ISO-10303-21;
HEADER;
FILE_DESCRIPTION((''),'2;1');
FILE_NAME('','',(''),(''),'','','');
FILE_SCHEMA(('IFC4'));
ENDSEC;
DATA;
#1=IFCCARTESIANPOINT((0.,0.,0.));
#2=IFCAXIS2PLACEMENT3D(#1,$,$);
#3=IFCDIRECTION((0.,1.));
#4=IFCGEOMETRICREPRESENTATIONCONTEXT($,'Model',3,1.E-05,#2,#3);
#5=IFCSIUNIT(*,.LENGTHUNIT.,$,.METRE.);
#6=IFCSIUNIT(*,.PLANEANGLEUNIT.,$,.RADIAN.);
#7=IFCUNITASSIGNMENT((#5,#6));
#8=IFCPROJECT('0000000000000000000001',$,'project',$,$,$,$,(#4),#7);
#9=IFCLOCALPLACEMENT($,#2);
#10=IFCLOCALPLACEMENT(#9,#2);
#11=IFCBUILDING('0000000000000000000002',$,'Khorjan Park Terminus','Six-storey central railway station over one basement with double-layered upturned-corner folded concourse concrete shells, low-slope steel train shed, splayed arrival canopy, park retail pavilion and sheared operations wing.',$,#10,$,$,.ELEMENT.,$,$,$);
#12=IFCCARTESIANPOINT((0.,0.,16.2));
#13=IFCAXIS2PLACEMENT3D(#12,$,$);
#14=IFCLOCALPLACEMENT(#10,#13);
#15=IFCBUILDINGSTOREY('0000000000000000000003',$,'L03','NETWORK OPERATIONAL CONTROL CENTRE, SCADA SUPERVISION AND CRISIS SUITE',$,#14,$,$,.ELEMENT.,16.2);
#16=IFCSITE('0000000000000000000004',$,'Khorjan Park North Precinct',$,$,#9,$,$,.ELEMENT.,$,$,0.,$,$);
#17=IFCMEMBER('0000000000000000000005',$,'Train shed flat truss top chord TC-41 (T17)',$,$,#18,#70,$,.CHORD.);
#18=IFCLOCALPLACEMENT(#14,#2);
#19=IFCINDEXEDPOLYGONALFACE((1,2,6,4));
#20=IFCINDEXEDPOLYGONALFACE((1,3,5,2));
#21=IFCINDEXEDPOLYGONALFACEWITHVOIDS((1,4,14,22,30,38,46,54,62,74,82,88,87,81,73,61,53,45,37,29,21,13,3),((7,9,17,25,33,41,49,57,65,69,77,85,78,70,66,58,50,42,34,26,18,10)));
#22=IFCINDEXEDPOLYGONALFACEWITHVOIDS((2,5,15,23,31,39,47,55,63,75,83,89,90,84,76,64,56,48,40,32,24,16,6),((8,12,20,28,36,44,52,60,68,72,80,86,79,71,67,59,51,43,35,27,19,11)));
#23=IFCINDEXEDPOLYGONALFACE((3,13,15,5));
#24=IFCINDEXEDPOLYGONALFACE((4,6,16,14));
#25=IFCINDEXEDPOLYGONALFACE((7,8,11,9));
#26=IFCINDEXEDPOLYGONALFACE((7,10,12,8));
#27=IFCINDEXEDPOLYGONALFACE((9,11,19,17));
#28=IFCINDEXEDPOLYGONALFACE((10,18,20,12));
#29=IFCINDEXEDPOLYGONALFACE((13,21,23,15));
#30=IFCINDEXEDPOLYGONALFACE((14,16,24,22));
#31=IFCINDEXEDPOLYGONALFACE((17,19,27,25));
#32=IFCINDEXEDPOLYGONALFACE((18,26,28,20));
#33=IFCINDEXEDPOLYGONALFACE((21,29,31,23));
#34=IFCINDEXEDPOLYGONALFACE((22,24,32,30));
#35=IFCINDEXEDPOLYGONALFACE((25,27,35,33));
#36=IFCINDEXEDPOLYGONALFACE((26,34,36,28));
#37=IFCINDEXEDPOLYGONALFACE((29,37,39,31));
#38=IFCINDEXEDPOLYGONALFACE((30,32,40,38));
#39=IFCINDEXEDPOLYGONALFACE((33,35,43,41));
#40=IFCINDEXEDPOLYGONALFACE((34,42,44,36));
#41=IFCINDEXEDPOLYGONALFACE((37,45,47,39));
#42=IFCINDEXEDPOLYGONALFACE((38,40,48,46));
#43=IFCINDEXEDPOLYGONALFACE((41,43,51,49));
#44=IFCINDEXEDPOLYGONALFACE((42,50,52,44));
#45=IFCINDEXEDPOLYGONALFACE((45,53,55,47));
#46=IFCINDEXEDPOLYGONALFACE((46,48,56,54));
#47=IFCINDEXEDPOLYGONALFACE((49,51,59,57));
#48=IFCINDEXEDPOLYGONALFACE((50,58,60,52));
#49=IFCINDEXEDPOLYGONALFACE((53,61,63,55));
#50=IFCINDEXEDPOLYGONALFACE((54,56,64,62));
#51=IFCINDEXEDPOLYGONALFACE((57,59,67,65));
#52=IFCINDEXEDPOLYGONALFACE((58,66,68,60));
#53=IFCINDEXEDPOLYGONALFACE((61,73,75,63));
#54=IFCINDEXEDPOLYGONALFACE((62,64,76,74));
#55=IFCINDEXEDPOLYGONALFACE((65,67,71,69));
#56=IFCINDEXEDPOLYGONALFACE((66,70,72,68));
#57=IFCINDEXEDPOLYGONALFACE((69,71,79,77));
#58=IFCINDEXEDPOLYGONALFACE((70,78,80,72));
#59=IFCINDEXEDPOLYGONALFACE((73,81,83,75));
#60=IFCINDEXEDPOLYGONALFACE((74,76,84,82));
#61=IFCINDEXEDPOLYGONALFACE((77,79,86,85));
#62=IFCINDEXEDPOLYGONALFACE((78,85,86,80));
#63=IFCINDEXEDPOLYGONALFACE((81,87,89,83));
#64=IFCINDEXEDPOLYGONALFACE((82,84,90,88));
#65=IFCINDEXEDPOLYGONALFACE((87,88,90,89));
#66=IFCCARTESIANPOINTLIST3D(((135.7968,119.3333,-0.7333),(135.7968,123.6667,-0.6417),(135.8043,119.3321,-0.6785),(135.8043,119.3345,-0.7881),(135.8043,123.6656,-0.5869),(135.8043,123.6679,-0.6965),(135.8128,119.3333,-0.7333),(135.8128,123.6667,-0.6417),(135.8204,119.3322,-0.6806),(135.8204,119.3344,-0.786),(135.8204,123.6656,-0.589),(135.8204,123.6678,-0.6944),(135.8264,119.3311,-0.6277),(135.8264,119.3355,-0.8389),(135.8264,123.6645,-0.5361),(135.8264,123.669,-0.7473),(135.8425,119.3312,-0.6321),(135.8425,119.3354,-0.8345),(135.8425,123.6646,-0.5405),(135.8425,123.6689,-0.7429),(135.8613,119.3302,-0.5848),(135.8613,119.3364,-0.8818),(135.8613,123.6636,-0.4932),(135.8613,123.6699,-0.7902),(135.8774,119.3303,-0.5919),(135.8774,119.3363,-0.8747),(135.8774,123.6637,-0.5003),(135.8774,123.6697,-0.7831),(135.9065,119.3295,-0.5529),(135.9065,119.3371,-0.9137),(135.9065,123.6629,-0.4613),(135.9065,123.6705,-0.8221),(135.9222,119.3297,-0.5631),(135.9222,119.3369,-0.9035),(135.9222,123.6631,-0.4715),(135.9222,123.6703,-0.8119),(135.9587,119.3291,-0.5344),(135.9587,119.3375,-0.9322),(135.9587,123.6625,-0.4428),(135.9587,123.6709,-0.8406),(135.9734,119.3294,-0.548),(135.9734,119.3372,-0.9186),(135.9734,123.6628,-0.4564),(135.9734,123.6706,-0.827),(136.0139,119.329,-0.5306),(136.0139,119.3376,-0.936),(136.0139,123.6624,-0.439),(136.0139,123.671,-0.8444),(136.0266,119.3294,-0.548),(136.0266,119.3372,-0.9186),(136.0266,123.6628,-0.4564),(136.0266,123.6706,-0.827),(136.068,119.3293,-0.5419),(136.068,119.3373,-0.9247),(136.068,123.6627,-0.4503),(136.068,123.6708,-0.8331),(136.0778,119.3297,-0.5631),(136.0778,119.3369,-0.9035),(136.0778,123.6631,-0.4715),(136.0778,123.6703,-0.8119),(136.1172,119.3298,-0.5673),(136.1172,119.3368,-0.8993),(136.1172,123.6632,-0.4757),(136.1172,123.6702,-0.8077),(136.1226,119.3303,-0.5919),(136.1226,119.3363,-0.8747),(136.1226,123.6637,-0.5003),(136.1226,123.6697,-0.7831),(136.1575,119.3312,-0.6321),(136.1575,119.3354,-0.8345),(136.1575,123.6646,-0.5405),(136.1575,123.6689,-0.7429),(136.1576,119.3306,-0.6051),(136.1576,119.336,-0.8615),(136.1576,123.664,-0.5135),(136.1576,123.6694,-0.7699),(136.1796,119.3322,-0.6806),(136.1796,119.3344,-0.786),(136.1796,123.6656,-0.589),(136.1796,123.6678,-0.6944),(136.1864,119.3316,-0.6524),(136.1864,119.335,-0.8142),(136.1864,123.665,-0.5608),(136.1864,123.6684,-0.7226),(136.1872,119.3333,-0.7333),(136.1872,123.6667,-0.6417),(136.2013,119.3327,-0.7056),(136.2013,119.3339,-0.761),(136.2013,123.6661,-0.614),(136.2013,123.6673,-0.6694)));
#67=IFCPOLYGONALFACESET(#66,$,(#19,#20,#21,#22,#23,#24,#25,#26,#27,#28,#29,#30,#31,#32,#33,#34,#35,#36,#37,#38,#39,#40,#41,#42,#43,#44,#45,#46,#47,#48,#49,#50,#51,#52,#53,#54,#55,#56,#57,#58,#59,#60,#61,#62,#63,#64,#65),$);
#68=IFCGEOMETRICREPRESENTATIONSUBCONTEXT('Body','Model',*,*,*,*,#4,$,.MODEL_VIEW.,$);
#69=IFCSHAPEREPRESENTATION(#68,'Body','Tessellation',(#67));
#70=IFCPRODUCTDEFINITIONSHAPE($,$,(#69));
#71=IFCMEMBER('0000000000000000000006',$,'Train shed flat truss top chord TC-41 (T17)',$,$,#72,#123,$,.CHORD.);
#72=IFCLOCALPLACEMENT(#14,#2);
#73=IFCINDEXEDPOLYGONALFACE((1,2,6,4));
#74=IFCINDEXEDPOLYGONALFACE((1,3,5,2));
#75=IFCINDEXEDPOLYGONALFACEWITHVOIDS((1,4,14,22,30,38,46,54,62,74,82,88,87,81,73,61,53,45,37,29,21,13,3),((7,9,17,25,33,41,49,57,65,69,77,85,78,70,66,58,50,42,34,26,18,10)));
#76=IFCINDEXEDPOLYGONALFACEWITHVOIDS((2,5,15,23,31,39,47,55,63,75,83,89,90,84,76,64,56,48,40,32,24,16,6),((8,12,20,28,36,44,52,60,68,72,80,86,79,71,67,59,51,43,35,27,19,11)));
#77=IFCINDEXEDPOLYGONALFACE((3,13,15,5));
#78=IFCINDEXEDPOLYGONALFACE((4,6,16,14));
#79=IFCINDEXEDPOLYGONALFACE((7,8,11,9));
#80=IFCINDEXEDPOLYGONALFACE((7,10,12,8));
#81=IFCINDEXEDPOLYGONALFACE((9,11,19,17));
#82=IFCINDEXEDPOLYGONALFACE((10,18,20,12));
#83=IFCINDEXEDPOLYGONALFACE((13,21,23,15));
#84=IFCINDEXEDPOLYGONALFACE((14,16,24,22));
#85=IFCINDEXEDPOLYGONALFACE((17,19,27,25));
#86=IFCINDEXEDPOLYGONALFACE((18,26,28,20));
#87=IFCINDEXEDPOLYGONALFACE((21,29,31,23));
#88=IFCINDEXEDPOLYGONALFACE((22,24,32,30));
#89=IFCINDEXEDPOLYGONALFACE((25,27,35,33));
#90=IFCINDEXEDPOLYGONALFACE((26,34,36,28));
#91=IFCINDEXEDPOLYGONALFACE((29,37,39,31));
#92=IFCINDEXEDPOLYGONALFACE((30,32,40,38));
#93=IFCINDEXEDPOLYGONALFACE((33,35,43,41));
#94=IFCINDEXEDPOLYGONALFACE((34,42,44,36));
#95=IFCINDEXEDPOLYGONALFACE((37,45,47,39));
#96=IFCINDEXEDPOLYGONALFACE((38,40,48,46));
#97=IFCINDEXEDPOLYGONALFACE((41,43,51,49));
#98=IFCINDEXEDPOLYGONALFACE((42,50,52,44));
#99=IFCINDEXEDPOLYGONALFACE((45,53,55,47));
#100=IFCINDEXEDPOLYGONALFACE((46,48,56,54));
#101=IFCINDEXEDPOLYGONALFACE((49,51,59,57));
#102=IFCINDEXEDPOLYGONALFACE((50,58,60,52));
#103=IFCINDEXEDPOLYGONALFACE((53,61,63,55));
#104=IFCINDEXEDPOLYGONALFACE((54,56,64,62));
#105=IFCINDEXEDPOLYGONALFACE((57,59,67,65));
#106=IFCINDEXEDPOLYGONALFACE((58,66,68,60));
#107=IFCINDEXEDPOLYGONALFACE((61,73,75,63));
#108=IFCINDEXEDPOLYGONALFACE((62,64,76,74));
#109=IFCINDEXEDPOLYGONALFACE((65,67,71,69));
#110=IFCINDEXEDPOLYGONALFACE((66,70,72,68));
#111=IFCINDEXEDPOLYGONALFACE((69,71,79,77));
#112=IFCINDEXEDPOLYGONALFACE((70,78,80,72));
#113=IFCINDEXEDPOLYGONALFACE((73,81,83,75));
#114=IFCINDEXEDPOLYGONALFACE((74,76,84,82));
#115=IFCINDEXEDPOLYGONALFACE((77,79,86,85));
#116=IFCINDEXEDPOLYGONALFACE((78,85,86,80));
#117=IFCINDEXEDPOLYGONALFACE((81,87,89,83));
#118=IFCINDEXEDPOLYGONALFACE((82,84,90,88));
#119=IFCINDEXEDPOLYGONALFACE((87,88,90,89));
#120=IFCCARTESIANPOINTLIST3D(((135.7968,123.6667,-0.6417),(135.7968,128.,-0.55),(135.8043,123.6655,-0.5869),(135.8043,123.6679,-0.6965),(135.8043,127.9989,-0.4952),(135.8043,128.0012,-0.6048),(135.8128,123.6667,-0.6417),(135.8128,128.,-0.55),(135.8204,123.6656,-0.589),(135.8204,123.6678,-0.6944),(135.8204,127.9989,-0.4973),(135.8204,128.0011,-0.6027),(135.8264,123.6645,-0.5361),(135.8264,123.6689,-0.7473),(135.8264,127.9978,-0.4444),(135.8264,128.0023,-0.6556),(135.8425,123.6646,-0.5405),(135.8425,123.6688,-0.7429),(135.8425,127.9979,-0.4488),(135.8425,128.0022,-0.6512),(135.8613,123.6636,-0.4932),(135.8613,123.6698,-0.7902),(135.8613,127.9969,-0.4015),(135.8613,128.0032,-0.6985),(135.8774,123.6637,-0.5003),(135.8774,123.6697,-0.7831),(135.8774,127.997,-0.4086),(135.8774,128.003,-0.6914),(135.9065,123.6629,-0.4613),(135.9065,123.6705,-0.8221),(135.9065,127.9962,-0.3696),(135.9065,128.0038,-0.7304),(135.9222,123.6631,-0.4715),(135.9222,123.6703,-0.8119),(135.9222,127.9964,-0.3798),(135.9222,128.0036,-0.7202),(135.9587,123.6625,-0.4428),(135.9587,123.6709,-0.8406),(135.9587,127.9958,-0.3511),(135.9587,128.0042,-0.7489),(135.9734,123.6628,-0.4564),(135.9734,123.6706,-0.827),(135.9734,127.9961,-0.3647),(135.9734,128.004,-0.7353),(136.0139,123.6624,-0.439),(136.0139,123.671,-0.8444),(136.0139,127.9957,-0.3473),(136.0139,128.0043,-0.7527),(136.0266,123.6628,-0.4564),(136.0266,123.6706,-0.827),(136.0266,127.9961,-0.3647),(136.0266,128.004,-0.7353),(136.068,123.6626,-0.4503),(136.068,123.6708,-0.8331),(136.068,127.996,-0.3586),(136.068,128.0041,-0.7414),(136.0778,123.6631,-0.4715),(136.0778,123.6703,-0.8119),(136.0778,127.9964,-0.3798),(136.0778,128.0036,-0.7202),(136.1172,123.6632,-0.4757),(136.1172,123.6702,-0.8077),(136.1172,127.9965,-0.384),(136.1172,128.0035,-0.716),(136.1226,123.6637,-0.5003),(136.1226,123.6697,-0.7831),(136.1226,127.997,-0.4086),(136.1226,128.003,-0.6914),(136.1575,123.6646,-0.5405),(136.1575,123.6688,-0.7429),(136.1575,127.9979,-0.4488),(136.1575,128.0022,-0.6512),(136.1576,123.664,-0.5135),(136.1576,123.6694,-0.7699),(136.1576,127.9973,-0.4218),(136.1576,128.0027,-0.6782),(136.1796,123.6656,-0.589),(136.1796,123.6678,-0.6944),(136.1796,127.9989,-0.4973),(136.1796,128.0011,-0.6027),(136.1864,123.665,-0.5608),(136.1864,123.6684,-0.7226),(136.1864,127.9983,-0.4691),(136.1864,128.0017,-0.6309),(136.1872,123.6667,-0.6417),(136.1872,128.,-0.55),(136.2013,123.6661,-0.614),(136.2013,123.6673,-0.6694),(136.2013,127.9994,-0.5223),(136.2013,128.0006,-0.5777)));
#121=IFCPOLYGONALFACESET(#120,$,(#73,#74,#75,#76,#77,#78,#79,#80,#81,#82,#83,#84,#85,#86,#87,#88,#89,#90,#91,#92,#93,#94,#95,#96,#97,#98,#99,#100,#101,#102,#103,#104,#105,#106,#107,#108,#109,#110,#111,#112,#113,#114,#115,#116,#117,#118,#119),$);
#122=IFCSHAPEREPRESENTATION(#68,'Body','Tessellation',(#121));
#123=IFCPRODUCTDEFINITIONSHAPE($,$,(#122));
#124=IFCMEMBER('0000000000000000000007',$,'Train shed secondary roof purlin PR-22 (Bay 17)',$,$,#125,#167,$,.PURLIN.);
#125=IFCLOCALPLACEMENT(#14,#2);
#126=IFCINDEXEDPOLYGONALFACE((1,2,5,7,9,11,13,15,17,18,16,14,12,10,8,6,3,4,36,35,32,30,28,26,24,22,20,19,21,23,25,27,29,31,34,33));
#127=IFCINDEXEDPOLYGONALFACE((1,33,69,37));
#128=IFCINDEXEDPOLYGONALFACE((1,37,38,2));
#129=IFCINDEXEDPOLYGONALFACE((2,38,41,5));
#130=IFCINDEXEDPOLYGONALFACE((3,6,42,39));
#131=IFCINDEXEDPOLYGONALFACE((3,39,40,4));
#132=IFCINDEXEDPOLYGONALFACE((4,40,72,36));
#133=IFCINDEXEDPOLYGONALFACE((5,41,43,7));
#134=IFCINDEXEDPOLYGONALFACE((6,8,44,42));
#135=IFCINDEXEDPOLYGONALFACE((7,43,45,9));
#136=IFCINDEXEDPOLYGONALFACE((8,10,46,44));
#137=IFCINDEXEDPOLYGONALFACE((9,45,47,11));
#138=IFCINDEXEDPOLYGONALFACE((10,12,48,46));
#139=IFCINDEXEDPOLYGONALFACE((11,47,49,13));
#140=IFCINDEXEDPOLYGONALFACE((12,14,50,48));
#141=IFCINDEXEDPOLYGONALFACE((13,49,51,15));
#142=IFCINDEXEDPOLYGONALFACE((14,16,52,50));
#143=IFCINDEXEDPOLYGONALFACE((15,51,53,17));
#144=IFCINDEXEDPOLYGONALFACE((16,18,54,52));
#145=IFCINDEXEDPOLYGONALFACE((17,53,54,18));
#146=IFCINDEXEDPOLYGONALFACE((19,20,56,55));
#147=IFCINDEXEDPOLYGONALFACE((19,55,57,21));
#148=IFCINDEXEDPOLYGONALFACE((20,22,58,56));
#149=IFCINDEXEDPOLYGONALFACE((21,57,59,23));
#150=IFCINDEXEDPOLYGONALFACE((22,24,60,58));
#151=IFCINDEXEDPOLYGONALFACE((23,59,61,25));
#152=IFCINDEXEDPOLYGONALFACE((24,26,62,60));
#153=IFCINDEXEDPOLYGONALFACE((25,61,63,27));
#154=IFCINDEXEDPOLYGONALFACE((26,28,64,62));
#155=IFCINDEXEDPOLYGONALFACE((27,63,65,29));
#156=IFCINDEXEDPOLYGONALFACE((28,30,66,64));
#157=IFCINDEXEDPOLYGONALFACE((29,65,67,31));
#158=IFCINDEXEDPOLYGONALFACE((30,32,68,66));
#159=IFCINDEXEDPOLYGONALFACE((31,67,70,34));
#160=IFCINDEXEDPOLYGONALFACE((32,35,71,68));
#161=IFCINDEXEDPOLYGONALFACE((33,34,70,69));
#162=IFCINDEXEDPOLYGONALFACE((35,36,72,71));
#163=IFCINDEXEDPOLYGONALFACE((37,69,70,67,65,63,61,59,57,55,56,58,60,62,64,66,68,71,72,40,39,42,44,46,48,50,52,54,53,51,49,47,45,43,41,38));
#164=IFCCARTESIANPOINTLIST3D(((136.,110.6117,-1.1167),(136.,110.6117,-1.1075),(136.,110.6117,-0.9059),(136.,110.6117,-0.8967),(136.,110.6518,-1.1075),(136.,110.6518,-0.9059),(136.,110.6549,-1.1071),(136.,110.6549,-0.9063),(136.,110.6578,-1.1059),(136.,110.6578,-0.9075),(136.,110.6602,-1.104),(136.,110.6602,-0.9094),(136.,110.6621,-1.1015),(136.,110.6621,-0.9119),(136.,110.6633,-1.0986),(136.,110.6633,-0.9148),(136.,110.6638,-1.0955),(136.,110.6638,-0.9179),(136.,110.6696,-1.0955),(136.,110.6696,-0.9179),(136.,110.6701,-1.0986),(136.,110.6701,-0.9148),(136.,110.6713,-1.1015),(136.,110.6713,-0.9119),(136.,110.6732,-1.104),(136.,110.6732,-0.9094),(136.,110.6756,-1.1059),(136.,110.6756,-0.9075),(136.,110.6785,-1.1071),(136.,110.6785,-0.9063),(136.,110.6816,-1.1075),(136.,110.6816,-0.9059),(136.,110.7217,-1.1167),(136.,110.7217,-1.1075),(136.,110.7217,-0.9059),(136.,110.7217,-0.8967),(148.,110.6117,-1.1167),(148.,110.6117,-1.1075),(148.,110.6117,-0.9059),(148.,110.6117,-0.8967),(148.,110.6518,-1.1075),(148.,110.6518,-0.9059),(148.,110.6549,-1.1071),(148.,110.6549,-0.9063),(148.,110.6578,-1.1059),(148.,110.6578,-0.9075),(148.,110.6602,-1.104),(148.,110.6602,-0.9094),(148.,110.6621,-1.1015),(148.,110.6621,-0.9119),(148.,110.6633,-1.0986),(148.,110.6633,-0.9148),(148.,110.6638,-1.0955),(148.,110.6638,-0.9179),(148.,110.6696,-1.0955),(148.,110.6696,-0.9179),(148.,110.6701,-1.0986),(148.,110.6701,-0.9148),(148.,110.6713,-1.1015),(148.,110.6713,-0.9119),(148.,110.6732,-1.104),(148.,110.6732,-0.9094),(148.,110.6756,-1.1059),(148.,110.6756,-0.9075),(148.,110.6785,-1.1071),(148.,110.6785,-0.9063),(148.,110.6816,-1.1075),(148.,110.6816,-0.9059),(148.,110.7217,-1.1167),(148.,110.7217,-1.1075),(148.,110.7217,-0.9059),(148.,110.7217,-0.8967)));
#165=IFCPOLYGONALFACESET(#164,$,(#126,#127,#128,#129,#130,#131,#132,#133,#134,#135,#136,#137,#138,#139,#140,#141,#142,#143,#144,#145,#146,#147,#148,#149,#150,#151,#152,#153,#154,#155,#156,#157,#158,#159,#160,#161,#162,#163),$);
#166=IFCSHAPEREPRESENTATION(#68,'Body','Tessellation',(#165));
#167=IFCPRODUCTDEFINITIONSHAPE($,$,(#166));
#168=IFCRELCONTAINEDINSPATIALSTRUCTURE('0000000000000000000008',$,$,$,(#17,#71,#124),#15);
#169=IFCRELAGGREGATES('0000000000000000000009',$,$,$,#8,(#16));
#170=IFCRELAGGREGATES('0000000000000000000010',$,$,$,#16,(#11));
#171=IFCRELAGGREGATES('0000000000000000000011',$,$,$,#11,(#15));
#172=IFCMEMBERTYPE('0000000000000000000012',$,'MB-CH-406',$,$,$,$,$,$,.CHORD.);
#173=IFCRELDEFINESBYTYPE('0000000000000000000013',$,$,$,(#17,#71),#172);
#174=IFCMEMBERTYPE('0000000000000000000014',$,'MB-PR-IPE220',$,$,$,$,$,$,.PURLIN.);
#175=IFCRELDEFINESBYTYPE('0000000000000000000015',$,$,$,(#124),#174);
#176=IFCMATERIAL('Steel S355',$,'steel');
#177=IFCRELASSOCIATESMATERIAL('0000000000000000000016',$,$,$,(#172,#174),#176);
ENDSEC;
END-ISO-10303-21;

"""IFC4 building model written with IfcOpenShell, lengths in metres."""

from ifc_helpers import new_model, si_unit, direction, frame, origin, origin_2d, place, context, subcontext, project, spatial, hollow_circle, i_section, extrude, material, material_profile, profile_set, type_object, element, save


model = new_model("IFC4")

# Units and contexts
model_context = context("Model", 3, precision=1e-05, world=origin(), true_north=direction((0.0, 1.0)))
body_context = subcontext(model_context, "Body", "Model", "MODEL_VIEW")
ifc_project = project(units=[si_unit("LENGTHUNIT", "METRE"), si_unit("PLANEANGLEUNIT", "RADIAN")], contexts=[model_context])

# Site, building, storey
site_placement = place(None, origin())
site = spatial("IfcSite", under=ifc_project, at=site_placement, Name="Khorjan Park North Precinct", CompositionType="ELEMENT", RefElevation=0.0)
building_placement = place(site_placement, origin())
building = spatial("IfcBuilding", under=site, at=building_placement, Name="Khorjan Park Terminus", Description="Six-storey central railway station over one basement with double-layered upturned-corner folded concourse concrete shells, low-slope steel train shed, splayed arrival canopy, park retail pavilion and sheared operations wing.", CompositionType="ELEMENT")
storey_placement = place(building_placement, frame((0.0, 0.0, 16.2)))
storey = spatial("IfcBuildingStorey", under=building, at=storey_placement, Name="L03", Description="NETWORK OPERATIONAL CONTROL CENTRE, SCADA SUPERVISION AND CRISIS SUITE", CompositionType="ELEMENT", Elevation=16.2)

# Members
ifc_material = material(Name="Steel S355", Category="steel")
ifc_material_profile_1 = material_profile(ifc_material, hollow_circle(Radius=0.2032, WallThickness=0.016, at=origin_2d()), Name="CHS 406.4x16")
ifc_profile_set_1 = profile_set([ifc_material_profile_1], Name="Steel S355")
member_type_1 = type_object("IfcMemberType", Name="MB-CH-406", PredefinedType="CHORD", material=ifc_profile_set_1)
member_1_placement = place(storey_placement, frame((136.0, 119.3333, -0.7333), z_axis=(0.0, 0.999777, 0.021133), x_axis=(-1.0, 0.0, 0.0)))
element("IfcMember", 1, at=member_1_placement, inside=storey, type_object=member_type_1, Name="Train shed flat truss top chord TC-41 (T17)", PredefinedType="CHORD", context=body_context, shape_type="SweptSolid", body=[
    extrude(hollow_circle(Radius=0.2032, WallThickness=0.016, at=origin_2d()), origin(), (0.0, 0.0, 1.0), 4.3344),
])
member_2_placement = place(storey_placement, frame((136.0, 123.6667, -0.6417), z_axis=(0.0, 0.999776, 0.021157), x_axis=(-1.0, 0.0, 0.0)))
element("IfcMember", 2, at=member_2_placement, inside=storey, type_object=member_type_1, Name="Train shed flat truss top chord TC-41 (T17)", PredefinedType="CHORD", context=body_context, shape_type="SweptSolid", body=[
    extrude(hollow_circle(Radius=0.2032, WallThickness=0.016, at=origin_2d()), origin(), (0.0, 0.0, 1.0), 4.3343),
])
ifc_material_profile_2 = material_profile(ifc_material, i_section(OverallWidth=0.11, OverallDepth=0.22, WebThickness=0.0059, FlangeThickness=0.0092, FilletRadius=0.012, at=origin_2d()), Name="IPE 220")
ifc_profile_set_2 = profile_set([ifc_material_profile_2], Name="Steel S355")
member_type_2 = type_object("IfcMemberType", Name="MB-PR-IPE220", PredefinedType="PURLIN", material=ifc_profile_set_2)
for number, where, z_axis, x_axis, name in (
    (3, (136.0, 110.6667, -1.0067), (1.0, 0.0, 0.0), (0.0, 1.0, 0.0), "Train shed secondary roof purlin PR-22 (Bay 17)"),
):
    element("IfcMember", number, at=place(storey_placement, frame(where, z_axis=z_axis, x_axis=x_axis)), inside=storey, type_object=member_type_2, Name=name, PredefinedType="PURLIN", context=body_context, shape_type="SweptSolid", body=[
        extrude(i_section(OverallWidth=0.11, OverallDepth=0.22, WebThickness=0.0059, FlangeThickness=0.0092, FilletRadius=0.012, at=origin_2d()), origin(), (0.0, 0.0, 1.0), 12.0),
    ])

save(model, "model.ifc")
